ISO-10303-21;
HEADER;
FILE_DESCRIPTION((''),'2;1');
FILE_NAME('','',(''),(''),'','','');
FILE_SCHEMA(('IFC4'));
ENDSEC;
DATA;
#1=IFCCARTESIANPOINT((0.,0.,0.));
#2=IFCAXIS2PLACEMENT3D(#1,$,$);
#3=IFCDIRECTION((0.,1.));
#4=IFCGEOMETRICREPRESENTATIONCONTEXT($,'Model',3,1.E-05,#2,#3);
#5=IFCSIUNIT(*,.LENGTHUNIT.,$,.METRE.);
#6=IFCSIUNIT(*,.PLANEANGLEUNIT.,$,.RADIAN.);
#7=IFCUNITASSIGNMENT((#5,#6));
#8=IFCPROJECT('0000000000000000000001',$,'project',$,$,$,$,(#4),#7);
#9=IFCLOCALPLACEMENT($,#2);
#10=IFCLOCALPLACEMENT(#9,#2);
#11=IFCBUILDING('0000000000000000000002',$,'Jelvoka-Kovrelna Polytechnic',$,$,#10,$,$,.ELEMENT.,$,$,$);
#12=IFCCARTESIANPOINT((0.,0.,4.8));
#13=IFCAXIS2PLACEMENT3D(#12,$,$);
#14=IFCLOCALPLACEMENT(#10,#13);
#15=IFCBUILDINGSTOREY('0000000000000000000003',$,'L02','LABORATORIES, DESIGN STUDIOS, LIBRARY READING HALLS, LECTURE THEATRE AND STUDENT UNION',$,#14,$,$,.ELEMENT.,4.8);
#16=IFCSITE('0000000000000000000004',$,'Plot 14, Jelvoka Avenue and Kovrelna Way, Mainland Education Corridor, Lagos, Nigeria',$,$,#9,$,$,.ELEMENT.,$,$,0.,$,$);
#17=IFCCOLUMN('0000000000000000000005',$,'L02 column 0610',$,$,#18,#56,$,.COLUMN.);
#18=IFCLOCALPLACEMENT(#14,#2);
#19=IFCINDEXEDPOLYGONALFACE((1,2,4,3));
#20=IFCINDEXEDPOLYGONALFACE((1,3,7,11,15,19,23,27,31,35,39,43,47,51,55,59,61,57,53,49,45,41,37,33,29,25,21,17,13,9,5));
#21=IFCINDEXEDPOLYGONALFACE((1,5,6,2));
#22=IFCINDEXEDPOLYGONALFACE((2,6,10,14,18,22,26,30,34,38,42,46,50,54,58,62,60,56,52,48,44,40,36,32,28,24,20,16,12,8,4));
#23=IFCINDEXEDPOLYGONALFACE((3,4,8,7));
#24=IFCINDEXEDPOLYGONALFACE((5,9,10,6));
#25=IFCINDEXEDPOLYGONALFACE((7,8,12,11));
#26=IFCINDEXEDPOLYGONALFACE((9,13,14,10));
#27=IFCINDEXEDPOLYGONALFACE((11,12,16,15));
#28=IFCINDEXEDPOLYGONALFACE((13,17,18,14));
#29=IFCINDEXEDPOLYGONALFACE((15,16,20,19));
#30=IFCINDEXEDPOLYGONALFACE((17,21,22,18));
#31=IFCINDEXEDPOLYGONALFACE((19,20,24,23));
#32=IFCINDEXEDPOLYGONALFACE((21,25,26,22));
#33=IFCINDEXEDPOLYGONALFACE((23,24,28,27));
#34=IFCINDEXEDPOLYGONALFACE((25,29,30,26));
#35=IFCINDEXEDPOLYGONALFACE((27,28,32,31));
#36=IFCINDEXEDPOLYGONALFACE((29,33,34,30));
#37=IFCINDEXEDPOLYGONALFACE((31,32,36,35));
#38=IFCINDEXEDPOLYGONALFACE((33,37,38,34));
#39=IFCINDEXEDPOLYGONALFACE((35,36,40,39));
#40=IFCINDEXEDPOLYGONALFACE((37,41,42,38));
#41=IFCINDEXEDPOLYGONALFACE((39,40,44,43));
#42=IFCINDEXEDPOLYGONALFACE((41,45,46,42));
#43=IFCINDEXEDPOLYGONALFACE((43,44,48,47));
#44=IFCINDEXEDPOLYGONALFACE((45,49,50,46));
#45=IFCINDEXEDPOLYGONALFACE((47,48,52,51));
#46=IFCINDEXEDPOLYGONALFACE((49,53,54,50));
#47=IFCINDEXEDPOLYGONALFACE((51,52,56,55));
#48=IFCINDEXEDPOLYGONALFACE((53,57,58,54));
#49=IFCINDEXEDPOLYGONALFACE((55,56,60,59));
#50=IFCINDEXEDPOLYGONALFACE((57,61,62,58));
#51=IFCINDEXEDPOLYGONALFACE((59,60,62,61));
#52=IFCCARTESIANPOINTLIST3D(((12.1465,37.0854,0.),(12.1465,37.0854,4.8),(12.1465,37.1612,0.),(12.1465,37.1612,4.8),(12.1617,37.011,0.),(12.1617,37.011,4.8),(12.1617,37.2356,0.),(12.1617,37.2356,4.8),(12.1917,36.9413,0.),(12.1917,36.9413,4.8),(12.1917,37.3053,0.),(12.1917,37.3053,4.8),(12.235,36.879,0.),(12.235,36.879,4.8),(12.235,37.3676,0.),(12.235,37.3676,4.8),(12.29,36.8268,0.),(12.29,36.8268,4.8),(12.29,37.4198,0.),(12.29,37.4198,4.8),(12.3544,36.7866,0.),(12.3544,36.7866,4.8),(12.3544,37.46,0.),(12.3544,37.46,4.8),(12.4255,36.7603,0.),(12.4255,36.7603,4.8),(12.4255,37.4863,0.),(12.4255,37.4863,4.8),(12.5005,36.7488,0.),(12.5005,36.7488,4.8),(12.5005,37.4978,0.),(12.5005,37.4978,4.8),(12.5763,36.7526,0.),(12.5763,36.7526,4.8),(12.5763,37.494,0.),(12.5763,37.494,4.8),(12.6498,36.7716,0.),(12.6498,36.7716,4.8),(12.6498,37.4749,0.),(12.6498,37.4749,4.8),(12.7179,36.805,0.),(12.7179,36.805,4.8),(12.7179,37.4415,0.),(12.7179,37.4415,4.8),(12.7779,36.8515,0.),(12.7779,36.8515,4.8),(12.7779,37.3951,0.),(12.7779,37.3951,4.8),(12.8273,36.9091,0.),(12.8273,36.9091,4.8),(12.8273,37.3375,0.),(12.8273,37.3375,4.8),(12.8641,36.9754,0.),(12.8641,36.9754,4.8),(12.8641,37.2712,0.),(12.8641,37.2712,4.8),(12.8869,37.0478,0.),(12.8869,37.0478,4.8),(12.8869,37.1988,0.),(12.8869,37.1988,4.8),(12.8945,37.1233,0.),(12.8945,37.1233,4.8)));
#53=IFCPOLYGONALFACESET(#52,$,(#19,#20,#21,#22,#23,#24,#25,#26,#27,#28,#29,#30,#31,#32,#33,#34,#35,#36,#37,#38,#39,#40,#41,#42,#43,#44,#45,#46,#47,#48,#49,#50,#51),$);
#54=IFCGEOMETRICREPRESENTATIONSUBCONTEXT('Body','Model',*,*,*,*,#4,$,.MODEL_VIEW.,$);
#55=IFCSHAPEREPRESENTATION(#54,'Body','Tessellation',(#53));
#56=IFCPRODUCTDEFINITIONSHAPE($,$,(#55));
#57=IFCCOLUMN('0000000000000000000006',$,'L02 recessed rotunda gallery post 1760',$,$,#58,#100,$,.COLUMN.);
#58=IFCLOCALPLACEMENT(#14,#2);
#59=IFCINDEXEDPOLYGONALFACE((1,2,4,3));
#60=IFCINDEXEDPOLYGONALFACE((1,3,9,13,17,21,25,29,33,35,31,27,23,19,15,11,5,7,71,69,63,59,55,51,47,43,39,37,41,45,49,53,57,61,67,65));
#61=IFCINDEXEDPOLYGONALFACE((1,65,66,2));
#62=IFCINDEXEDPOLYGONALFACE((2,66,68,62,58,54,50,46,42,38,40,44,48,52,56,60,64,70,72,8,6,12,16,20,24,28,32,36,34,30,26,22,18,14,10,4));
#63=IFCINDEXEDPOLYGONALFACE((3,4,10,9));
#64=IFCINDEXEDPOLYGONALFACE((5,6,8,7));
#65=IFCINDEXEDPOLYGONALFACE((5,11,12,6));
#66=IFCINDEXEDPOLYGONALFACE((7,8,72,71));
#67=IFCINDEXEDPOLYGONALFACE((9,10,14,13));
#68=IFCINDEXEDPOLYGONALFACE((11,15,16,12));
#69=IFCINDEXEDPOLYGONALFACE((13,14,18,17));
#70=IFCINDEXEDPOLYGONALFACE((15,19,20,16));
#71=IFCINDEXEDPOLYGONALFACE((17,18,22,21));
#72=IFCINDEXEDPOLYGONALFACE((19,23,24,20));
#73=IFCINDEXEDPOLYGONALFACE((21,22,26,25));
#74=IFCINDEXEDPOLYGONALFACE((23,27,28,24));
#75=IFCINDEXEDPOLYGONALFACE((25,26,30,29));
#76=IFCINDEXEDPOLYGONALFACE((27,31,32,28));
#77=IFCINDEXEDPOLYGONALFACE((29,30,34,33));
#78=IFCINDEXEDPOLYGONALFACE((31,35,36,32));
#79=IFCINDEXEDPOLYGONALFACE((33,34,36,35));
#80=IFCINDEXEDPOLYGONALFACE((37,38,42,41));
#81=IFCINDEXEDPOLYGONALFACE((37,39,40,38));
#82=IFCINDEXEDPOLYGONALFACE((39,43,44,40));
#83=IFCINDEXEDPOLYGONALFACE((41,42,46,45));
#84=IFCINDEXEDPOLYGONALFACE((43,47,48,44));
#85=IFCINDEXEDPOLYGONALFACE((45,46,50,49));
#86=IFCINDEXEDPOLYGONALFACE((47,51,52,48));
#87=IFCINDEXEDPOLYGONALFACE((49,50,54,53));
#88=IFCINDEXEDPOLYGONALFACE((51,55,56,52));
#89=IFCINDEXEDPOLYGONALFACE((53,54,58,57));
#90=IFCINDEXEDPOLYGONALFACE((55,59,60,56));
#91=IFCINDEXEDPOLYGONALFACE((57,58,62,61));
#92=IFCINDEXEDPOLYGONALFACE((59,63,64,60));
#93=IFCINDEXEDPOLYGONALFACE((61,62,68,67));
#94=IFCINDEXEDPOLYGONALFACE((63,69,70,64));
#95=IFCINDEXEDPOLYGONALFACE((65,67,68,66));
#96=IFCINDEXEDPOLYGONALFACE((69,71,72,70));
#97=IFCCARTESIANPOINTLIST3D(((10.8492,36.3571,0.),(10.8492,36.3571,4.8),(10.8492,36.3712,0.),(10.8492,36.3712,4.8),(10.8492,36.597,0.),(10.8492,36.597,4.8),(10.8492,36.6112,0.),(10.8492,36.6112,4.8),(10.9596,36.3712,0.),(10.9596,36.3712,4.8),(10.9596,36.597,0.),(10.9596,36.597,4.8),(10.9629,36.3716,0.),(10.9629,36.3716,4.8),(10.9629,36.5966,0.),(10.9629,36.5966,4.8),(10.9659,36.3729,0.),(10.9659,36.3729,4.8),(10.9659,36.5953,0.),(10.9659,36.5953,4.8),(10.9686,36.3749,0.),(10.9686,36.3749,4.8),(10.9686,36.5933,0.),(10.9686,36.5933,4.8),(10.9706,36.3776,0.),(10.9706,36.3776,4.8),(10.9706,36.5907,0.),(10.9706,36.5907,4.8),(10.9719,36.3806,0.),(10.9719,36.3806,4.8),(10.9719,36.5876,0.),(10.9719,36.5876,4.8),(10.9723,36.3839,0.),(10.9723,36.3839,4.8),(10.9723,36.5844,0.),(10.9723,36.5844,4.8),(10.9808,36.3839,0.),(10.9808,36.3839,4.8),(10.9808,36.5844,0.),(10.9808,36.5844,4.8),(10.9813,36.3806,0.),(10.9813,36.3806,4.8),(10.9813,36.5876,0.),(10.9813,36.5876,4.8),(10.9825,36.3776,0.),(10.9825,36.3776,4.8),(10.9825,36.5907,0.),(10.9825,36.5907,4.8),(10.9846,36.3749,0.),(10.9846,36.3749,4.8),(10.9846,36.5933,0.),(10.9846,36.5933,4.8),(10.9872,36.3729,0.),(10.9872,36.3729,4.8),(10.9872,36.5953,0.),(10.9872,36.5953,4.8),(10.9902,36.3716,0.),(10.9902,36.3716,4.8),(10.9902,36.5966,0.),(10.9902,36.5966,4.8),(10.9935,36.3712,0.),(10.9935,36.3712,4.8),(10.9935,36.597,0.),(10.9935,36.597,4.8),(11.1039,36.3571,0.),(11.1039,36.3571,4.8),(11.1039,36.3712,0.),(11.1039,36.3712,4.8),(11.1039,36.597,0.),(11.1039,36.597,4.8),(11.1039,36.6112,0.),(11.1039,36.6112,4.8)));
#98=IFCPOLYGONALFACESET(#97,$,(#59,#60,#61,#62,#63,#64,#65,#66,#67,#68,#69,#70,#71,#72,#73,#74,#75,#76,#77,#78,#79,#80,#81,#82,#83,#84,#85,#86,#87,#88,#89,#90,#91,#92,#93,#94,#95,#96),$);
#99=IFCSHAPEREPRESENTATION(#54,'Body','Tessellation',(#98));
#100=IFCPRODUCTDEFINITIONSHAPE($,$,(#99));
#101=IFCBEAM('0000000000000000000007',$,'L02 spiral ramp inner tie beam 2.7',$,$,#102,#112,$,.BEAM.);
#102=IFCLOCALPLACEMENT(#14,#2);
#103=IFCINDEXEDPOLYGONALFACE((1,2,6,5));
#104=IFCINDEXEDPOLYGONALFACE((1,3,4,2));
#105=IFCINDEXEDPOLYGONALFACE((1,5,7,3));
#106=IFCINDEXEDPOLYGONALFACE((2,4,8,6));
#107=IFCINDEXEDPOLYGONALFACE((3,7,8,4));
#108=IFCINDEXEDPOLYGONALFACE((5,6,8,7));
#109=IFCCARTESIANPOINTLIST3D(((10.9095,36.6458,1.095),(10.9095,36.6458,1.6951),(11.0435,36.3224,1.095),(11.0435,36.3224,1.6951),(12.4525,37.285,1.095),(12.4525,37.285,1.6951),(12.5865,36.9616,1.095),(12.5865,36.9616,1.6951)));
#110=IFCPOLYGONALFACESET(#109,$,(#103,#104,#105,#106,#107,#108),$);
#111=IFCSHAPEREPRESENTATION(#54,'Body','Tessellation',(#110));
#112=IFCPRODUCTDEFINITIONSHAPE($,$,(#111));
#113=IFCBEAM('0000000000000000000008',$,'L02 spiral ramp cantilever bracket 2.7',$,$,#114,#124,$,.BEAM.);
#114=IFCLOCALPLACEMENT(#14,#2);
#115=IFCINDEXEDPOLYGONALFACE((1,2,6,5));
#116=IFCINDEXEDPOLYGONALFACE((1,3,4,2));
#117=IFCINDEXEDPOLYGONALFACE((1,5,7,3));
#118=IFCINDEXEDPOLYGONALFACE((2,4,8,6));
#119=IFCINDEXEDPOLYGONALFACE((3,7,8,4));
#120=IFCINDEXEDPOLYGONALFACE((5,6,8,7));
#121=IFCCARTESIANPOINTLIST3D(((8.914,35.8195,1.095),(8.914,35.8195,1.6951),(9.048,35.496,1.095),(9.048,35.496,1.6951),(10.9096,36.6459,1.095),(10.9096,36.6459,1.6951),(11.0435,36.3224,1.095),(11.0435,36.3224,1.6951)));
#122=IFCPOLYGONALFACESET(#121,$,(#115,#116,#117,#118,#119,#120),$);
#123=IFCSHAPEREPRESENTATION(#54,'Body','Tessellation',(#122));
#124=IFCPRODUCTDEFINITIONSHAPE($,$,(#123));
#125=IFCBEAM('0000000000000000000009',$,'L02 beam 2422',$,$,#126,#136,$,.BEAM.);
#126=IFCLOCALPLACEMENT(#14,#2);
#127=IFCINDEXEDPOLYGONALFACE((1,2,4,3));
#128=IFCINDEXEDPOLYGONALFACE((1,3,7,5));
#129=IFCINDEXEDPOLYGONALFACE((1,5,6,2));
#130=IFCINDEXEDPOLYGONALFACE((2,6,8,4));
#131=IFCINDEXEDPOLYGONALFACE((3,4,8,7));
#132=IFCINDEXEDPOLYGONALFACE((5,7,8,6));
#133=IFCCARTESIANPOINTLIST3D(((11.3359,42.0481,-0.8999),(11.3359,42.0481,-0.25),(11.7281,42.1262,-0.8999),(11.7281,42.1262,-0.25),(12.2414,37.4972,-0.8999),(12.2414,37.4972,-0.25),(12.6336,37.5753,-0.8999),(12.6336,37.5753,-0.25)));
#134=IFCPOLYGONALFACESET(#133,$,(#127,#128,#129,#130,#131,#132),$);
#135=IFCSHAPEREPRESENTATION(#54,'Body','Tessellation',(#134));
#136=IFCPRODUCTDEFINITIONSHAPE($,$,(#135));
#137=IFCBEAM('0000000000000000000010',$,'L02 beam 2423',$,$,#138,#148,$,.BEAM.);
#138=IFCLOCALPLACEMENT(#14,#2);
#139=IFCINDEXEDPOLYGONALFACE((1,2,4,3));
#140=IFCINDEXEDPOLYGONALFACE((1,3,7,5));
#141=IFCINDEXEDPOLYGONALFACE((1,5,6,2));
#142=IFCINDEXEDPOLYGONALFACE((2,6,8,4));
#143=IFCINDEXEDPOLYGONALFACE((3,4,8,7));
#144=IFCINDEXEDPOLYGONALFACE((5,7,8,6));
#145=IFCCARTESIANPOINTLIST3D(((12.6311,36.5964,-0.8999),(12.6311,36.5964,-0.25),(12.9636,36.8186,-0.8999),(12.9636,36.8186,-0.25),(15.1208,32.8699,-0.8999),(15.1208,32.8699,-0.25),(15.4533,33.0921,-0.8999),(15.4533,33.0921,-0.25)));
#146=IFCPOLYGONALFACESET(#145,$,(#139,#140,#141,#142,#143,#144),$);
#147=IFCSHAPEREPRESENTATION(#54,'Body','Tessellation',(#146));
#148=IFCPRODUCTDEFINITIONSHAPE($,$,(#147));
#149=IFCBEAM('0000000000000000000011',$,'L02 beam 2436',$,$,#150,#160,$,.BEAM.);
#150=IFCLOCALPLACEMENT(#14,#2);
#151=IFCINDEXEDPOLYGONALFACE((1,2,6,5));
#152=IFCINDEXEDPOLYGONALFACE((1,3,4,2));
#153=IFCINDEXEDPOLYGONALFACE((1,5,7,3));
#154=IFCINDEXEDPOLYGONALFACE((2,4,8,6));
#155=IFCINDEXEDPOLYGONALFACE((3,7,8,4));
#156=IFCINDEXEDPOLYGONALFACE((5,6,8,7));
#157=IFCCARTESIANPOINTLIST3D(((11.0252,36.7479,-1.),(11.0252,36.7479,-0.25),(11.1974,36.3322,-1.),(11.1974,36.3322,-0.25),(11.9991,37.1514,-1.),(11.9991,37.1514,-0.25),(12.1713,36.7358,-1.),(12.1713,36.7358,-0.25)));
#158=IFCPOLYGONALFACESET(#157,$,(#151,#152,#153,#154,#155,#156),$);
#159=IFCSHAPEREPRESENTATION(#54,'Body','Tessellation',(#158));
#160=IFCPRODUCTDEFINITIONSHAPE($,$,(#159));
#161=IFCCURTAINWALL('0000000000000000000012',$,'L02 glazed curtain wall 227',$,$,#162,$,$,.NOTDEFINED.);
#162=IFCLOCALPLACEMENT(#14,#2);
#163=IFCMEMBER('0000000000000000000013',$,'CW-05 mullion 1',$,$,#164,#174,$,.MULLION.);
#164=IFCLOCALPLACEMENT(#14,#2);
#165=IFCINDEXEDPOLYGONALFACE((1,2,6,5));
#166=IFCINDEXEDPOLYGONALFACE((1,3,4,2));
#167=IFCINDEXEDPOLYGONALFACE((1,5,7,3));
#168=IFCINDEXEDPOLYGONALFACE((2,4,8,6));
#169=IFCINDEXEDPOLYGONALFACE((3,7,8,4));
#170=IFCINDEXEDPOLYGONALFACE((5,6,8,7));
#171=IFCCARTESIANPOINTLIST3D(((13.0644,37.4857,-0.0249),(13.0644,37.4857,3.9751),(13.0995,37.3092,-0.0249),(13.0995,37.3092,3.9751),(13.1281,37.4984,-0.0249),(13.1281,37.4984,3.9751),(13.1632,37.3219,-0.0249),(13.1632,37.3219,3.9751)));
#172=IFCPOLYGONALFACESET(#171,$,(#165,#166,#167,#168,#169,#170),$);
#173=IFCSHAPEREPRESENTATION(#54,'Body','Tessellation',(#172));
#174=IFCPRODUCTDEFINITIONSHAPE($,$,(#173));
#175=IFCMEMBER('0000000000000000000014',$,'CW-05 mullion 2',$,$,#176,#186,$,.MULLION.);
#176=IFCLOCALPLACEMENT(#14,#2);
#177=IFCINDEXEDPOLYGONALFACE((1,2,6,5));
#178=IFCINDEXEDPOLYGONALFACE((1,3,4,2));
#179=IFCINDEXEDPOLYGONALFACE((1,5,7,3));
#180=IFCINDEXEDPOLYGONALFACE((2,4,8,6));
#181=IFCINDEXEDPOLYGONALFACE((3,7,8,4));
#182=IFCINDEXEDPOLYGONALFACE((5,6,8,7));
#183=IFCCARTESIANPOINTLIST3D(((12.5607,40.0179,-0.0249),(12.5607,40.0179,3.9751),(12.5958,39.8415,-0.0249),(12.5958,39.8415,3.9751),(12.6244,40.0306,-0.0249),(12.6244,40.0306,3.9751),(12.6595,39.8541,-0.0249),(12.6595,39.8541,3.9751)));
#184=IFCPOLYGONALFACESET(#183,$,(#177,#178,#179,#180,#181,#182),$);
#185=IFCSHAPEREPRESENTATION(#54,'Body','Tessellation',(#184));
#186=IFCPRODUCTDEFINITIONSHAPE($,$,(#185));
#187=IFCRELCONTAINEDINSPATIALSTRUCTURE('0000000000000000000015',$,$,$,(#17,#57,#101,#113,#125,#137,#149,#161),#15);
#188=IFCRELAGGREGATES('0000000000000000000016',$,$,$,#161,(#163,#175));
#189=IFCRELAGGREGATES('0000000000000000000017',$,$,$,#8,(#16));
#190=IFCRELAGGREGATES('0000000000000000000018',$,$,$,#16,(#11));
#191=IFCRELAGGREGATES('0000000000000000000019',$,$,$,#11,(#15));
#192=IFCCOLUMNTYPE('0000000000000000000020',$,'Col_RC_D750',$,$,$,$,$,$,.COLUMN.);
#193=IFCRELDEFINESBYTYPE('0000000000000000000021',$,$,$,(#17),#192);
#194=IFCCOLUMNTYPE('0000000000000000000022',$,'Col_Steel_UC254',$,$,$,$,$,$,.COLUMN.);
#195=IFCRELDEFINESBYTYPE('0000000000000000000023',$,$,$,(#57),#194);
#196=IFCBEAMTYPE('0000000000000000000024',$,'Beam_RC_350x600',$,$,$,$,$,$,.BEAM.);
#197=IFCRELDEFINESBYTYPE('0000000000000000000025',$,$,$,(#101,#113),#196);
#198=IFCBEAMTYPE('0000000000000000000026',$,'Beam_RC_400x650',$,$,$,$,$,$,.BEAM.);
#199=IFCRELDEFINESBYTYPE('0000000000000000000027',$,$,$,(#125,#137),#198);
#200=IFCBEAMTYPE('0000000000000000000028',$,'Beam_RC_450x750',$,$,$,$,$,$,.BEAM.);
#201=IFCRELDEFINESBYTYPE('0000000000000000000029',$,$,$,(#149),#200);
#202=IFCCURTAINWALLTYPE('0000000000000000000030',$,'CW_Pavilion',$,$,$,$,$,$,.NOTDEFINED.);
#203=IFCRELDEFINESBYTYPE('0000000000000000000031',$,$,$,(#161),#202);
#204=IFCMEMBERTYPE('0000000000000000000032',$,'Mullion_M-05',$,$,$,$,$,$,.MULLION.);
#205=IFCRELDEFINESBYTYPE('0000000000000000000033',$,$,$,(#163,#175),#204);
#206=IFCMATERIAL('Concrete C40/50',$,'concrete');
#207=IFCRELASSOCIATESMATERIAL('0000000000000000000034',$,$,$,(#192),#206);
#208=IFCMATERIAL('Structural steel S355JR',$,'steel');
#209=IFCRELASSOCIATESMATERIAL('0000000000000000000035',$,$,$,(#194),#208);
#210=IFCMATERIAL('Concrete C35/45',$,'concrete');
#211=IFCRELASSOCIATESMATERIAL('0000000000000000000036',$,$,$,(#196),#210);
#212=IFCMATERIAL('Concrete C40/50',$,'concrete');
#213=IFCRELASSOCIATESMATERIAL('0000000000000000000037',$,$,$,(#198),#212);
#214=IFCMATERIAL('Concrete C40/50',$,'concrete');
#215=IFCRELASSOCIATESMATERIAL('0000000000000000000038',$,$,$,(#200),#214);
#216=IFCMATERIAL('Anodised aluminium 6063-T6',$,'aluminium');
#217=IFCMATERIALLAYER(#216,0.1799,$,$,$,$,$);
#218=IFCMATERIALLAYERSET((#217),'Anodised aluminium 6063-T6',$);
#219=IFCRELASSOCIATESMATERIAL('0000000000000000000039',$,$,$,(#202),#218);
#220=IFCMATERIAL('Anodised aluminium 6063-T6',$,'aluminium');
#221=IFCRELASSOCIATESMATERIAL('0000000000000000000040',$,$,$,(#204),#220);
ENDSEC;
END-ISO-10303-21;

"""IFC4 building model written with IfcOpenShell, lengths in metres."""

from ifc_helpers import new_model, si_unit, direction, frame, origin, origin_2d, place, context, subcontext, project, spatial, rectangle, circle, i_section, extrude, material, layer, layer_set, material_profile, profile_set, type_object, element, aggregate, save


model = new_model("IFC4")

# Units and contexts
model_context = context("Model", 3, precision=1e-05, world=origin(), true_north=direction((0.0, 1.0)))
body_context = subcontext(model_context, "Body", "Model", "MODEL_VIEW")
ifc_project = project(units=[si_unit("LENGTHUNIT", "METRE"), si_unit("PLANEANGLEUNIT", "RADIAN")], contexts=[model_context])

# Site, building, storey
site_placement = place(None, origin())
site = spatial("IfcSite", under=ifc_project, at=site_placement, Name="Plot 14, Jelvoka Avenue and Kovrelna Way, Mainland Education Corridor, Lagos, Nigeria", CompositionType="ELEMENT", RefElevation=0.0)
building_placement = place(site_placement, origin())
building = spatial("IfcBuilding", under=site, at=building_placement, Name="Jelvoka-Kovrelna Polytechnic", CompositionType="ELEMENT")
storey_placement = place(building_placement, frame((0.0, 0.0, 4.8)))
storey = spatial("IfcBuildingStorey", under=building, at=storey_placement, Name="L02", Description="LABORATORIES, DESIGN STUDIOS, LIBRARY READING HALLS, LECTURE THEATRE AND STUDENT UNION", CompositionType="ELEMENT", Elevation=4.8)

# Columns
ifc_material_1 = material(Name="Concrete C40/50", Category="concrete")
ifc_material_profile_1 = material_profile(ifc_material_1, circle(Radius=0.375, at=origin_2d()), Name="RC D750")
ifc_profile_set_1 = profile_set([ifc_material_profile_1], Name="Concrete C40/50")
column_type_1 = type_object("IfcColumnType", Name="Col_RC_D750", PredefinedType="COLUMN", material=ifc_profile_set_1)
column_1_placement = place(storey_placement, frame((12.5195, 37.1233, 0.0), z_axis=(0.0, 0.0, 1.0), x_axis=(1.0, 0.0, 0.0)))
element("IfcColumn", 1, at=column_1_placement, inside=storey, type_object=column_type_1, Name="L02 column 0610", PredefinedType="COLUMN", context=body_context, shape_type="SweptSolid", body=[
    extrude(circle(Radius=0.375, at=origin_2d()), origin(), (0.0, 0.0, 1.0), 4.8),
])
ifc_material_2 = material(Name="Structural steel S355JR", Category="steel")
ifc_material_profile_2 = material_profile(ifc_material_2, i_section(OverallWidth=0.2546, OverallDepth=0.2542, WebThickness=0.0085, FlangeThickness=0.0142, FilletRadius=0.0127, at=origin_2d()), Name="254x254x73 UC")
ifc_profile_set_2 = profile_set([ifc_material_profile_2], Name="Structural steel S355JR")
column_type_2 = type_object("IfcColumnType", Name="Col_Steel_UC254", PredefinedType="COLUMN", material=ifc_profile_set_2)
column_2_placement = place(storey_placement, frame((10.9766, 36.4841, 0.0), z_axis=(0.0, 0.0, 1.0), x_axis=(1.0, 0.0, 0.0)))
element("IfcColumn", 2, at=column_2_placement, inside=storey, type_object=column_type_2, Name="L02 recessed rotunda gallery post 1760", PredefinedType="COLUMN", context=body_context, shape_type="SweptSolid", body=[
    extrude(i_section(OverallWidth=0.2546, OverallDepth=0.2542, WebThickness=0.0085, FlangeThickness=0.0142, FilletRadius=0.0127, at=origin_2d()), origin(), (0.0, 0.0, 1.0), 4.8),
])

# Beams
ifc_material_3 = material(Name="Concrete C35/45", Category="concrete")
ifc_material_profile_3 = material_profile(ifc_material_3, rectangle(XDim=0.3501, YDim=0.6001, at=origin_2d()), Name="RC 350x600")
ifc_profile_set_3 = profile_set([ifc_material_profile_3], Name="Concrete C35/45")
beam_type_1 = type_object("IfcBeamType", Name="Beam_RC_350x600", PredefinedType="BEAM", material=ifc_profile_set_3)
beam_1_placement = place(storey_placement, frame((12.5195, 37.1233, 1.395), z_axis=(-0.923871, -0.382705, 0.0), x_axis=(0.382705, -0.923871, 0.0)))
element("IfcBeam", 3, at=beam_1_placement, inside=storey, type_object=beam_type_1, Name="L02 spiral ramp inner tie beam 2.7", PredefinedType="BEAM", context=body_context, shape_type="SweptSolid", body=[
    extrude(rectangle(XDim=0.3501, YDim=0.6001, at=origin_2d()), origin(), (0.0, 0.0, 1.0), 1.6702),
])
beam_2_placement = place(storey_placement, frame((10.9766, 36.4841, 1.395), z_axis=(-0.923911, -0.382608, 0.0), x_axis=(0.382608, -0.923911, 0.0)))
element("IfcBeam", 4, at=beam_2_placement, inside=storey, type_object=beam_type_1, Name="L02 spiral ramp cantilever bracket 2.7", PredefinedType="BEAM", context=body_context, shape_type="SweptSolid", body=[
    extrude(rectangle(XDim=0.3501, YDim=0.6001, at=origin_2d()), origin(), (0.0, 0.0, 1.0), 2.1599),
])
ifc_material_4 = material(Name="Concrete C40/50", Category="concrete")
ifc_material_profile_4 = material_profile(ifc_material_4, rectangle(XDim=0.3999, YDim=0.6499, at=origin_2d()), Name="RC 400x650")
ifc_profile_set_4 = profile_set([ifc_material_profile_4], Name="Concrete C40/50")
beam_type_2 = type_object("IfcBeamType", Name="Beam_RC_400x650", PredefinedType="BEAM", material=ifc_profile_set_4)
beam_3_placement = place(storey_placement, frame((11.532, 42.0872, -0.575), z_axis=(0.195145, -0.980774, 0.0), x_axis=(0.980774, 0.195145, 0.0)))
element("IfcBeam", 5, at=beam_3_placement, inside=storey, type_object=beam_type_2, Name="L02 beam 2422", PredefinedType="BEAM", context=body_context, shape_type="SweptSolid", body=[
    extrude(rectangle(XDim=0.3999, YDim=0.6499, at=origin_2d()), origin(), (0.0, 0.0, 1.0), 4.6401),
])
beam_4_placement = place(storey_placement, frame((12.7974, 36.7075, -0.575), z_axis=(0.55553, -0.831497, 0.0), x_axis=(0.831497, 0.55553, 0.0)))
element("IfcBeam", 6, at=beam_4_placement, inside=storey, type_object=beam_type_2, Name="L02 beam 2423", PredefinedType="BEAM", context=body_context, shape_type="SweptSolid", body=[
    extrude(rectangle(XDim=0.3999, YDim=0.6499, at=origin_2d()), origin(), (0.0, 0.0, 1.0), 4.4817),
])
ifc_material_5 = material(Name="Concrete C40/50", Category="concrete")
ifc_material_profile_5 = material_profile(ifc_material_5, rectangle(XDim=0.45, YDim=0.75, at=origin_2d()), Name="RC 450x750")
ifc_profile_set_5 = profile_set([ifc_material_profile_5], Name="Concrete C40/50")
beam_type_3 = type_object("IfcBeamType", Name="Beam_RC_450x750", PredefinedType="BEAM", material=ifc_profile_set_5)
beam_5_placement = place(storey_placement, frame((12.0852, 36.9436, -0.625), z_axis=(-0.923822, -0.382822, 0.0), x_axis=(0.382822, -0.923822, 0.0)))
element("IfcBeam", 7, at=beam_5_placement, inside=storey, type_object=beam_type_3, Name="L02 beam 2436", PredefinedType="BEAM", context=body_context, shape_type="SweptSolid", body=[
    extrude(rectangle(XDim=0.45, YDim=0.75, at=origin_2d()), origin(), (0.0, 0.0, 1.0), 1.0542),
])

# Curtain wall, members
ifc_material_6 = material(Name="Anodised aluminium 6063-T6", Category="aluminium")
ifc_layer_1 = layer(ifc_material_6, 0.1799)
ifc_layer_set_1 = layer_set([ifc_layer_1], Name="Anodised aluminium 6063-T6")
curtain_wall_type = type_object("IfcCurtainWallType", Name="CW_Pavilion", PredefinedType="NOTDEFINED", material=ifc_layer_set_1)
curtain_wall_1_placement = place(storey_placement, origin())
curtain_wall_1 = element("IfcCurtainWall", 8, at=curtain_wall_1_placement, inside=storey, type_object=curtain_wall_type, Name="L02 glazed curtain wall 227", PredefinedType="NOTDEFINED")
ifc_material_7 = material(Name="Anodised aluminium 6063-T6", Category="aluminium")
ifc_material_profile_6 = material_profile(ifc_material_7, rectangle(XDim=0.0649, YDim=0.1799, at=origin_2d()), Name="ALU 65x180")
ifc_profile_set_6 = profile_set([ifc_material_profile_6], Name="Anodised aluminium 6063-T6")
member_type_1 = type_object("IfcMemberType", Name="Mullion_M-05", PredefinedType="MULLION", material=ifc_profile_set_6)
member_1_placement = place(storey_placement, frame((13.1138, 37.4038, -0.0249), z_axis=(0.0, 0.0, 1.0), x_axis=(-0.980786, -0.195086, 0.0)))
member_1 = element("IfcMember", 9, at=member_1_placement, type_object=member_type_1, Name="CW-05 mullion 1", PredefinedType="MULLION", context=body_context, shape_type="SweptSolid", body=[
    extrude(rectangle(XDim=0.0649, YDim=0.1799, at=origin_2d()), origin(), (0.0, 0.0, 1.0), 4.0),
])
member_2_placement = place(storey_placement, frame((12.6101, 39.936, -0.0249), z_axis=(0.0, 0.0, 1.0), x_axis=(-0.980786, -0.195086, 0.0)))
member_2 = element("IfcMember", 10, at=member_2_placement, type_object=member_type_1, Name="CW-05 mullion 2", PredefinedType="MULLION", context=body_context, shape_type="SweptSolid", body=[
    extrude(rectangle(XDim=0.0649, YDim=0.1799, at=origin_2d()), origin(), (0.0, 0.0, 1.0), 4.0),
])

aggregate(curtain_wall_1, [member_1, member_2])

save(model, "model.ifc")
